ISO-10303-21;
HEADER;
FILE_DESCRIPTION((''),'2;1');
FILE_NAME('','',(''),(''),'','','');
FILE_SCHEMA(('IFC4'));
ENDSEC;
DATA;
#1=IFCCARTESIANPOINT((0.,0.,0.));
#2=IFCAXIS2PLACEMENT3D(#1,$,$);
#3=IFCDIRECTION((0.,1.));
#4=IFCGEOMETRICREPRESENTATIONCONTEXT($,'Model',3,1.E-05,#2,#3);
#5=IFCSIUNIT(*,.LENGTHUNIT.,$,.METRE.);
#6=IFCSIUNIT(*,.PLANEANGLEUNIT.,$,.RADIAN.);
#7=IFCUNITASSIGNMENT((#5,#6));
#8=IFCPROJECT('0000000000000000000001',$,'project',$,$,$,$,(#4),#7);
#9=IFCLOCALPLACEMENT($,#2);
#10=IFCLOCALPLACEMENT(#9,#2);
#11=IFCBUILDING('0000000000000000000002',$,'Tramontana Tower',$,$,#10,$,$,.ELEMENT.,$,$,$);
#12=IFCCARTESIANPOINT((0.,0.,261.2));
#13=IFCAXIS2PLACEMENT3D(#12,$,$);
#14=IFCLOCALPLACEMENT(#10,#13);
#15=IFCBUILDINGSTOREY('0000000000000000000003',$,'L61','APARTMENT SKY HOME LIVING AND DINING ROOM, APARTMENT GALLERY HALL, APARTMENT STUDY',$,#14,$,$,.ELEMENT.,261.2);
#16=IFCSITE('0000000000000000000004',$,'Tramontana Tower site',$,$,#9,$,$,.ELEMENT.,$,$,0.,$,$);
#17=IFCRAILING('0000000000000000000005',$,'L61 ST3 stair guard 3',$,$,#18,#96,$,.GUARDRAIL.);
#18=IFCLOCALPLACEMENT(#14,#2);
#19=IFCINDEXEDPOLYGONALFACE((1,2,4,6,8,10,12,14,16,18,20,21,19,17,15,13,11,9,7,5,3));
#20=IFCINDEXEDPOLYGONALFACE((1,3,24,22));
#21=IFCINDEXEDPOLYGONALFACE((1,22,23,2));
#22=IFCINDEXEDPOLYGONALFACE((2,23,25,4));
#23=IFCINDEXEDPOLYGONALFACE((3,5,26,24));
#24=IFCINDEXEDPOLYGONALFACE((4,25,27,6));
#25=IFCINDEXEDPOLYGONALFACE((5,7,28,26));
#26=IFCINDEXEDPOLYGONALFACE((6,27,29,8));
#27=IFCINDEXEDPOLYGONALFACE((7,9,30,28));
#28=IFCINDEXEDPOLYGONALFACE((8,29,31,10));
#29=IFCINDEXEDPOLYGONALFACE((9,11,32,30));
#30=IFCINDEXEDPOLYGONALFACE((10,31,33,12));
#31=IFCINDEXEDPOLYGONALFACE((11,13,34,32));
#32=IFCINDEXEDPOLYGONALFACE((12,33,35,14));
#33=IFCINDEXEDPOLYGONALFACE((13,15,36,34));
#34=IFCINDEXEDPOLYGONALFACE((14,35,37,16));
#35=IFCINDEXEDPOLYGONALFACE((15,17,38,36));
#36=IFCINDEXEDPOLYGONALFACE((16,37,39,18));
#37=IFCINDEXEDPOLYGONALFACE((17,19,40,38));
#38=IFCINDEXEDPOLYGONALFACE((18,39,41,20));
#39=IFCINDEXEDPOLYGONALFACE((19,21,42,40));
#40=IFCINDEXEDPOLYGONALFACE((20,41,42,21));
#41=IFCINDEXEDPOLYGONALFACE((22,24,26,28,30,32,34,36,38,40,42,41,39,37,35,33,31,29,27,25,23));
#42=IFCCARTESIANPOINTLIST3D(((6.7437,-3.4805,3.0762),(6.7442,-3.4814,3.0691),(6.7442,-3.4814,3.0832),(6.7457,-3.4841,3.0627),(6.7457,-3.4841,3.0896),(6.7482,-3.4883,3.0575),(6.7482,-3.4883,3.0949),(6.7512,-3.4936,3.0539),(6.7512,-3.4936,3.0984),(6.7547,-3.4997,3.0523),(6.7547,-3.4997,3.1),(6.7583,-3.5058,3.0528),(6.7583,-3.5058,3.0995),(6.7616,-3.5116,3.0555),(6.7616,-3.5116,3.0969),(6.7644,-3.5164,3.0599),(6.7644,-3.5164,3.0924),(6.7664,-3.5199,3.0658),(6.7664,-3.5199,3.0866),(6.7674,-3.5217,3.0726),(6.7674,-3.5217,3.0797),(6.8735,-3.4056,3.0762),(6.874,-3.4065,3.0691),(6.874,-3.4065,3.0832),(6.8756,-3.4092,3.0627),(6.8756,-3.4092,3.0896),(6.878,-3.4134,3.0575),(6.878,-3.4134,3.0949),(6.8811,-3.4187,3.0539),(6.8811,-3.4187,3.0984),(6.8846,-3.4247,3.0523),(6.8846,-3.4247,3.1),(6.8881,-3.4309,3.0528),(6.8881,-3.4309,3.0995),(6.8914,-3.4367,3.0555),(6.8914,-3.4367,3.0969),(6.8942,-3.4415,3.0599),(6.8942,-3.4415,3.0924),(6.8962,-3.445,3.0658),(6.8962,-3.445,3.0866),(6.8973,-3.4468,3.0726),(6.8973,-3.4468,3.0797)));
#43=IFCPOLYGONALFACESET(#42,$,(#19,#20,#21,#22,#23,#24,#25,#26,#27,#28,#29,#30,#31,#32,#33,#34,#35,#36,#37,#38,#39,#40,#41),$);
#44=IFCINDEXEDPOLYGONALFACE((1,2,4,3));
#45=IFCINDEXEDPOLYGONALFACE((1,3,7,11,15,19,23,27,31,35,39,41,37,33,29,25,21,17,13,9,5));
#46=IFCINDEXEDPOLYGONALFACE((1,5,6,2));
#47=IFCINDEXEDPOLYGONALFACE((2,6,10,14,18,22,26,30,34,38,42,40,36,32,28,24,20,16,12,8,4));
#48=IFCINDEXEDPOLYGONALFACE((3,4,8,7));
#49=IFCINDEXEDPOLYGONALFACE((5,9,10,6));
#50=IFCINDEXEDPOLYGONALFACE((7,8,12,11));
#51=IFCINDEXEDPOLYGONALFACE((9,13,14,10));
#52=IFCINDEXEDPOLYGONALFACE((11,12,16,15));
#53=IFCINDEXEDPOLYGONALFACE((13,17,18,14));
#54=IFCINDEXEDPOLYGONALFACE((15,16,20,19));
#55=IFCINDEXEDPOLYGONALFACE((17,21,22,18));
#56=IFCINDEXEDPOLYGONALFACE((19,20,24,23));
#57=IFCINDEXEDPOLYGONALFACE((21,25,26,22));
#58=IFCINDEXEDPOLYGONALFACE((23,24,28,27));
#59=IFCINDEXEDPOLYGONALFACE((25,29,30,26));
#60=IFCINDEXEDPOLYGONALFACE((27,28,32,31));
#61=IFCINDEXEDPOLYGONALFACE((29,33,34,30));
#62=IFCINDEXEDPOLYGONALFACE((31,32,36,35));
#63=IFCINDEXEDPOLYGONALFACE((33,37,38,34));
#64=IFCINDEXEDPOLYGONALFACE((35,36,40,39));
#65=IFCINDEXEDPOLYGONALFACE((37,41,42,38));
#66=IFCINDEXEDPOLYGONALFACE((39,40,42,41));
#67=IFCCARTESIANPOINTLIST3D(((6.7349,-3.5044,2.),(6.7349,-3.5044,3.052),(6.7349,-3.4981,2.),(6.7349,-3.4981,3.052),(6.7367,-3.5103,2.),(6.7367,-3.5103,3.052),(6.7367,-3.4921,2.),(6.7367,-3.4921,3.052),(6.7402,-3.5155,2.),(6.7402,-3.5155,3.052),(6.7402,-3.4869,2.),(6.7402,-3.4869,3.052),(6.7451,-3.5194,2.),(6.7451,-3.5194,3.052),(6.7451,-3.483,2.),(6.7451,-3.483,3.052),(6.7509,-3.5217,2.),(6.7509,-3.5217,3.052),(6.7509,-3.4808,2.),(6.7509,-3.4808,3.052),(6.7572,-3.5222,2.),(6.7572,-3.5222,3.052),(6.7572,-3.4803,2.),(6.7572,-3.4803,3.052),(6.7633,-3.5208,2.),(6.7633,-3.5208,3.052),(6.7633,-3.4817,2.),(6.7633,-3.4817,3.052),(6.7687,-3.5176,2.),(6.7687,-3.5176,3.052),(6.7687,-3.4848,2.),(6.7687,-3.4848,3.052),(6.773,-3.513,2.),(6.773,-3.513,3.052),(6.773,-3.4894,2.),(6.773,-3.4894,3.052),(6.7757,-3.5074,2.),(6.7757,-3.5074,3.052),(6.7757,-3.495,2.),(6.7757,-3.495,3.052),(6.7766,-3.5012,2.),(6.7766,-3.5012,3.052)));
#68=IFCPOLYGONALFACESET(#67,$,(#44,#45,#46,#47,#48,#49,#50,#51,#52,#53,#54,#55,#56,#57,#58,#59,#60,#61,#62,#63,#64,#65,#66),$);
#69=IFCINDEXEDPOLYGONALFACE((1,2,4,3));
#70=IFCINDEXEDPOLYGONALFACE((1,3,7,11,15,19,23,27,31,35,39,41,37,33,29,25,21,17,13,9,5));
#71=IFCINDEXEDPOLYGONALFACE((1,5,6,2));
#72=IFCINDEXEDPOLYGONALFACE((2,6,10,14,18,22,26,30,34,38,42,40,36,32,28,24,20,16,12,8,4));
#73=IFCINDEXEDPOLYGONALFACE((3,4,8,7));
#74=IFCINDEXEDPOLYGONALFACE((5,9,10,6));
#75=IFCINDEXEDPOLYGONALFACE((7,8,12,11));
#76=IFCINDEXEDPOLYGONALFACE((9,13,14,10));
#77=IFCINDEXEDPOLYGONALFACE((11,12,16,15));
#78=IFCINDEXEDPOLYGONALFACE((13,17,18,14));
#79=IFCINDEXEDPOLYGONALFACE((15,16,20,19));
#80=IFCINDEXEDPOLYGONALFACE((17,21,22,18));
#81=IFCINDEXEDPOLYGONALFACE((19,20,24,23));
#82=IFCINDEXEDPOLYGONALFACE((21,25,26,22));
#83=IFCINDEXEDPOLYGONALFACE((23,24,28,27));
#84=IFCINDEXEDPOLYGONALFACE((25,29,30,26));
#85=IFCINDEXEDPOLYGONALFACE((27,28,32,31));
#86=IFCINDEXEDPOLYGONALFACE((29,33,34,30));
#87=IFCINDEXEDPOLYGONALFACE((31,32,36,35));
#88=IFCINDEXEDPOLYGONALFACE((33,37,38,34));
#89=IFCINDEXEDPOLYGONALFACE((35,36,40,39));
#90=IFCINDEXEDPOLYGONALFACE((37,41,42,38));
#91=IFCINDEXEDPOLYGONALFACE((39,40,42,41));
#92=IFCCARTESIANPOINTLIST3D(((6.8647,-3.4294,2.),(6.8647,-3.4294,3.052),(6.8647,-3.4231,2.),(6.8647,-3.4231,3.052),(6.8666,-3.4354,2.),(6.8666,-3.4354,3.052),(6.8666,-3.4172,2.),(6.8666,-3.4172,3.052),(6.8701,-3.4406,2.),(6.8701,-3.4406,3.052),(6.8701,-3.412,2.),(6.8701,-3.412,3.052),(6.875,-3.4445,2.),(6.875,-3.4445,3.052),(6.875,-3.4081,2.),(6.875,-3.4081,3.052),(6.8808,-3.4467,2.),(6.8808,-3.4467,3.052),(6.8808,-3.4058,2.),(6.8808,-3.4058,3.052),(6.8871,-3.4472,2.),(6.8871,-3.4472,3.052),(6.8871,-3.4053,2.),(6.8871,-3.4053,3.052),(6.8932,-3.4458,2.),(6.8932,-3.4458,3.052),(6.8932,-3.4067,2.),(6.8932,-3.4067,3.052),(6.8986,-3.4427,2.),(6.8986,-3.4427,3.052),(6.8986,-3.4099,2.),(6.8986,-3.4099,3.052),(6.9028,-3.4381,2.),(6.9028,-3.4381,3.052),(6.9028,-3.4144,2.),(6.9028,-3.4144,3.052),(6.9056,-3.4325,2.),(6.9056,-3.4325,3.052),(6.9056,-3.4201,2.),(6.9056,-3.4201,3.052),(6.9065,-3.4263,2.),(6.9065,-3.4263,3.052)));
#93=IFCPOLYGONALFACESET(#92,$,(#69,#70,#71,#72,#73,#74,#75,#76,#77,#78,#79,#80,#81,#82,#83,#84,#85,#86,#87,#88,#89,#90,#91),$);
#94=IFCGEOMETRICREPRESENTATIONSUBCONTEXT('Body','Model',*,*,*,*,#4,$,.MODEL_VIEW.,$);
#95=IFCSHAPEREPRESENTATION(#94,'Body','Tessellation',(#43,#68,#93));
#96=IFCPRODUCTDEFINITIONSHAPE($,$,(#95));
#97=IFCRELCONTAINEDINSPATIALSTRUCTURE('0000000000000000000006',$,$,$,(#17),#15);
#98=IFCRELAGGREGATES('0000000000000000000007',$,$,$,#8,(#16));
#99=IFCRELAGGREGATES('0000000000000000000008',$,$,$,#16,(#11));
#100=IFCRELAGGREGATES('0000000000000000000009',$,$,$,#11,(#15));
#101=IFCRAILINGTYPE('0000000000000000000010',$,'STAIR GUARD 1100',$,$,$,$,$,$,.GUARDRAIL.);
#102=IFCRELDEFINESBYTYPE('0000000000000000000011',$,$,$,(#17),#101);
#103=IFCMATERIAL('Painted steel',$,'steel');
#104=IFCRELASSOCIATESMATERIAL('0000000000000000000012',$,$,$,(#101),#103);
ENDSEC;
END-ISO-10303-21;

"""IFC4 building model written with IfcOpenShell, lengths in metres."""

from ifc_helpers import new_model, si_unit, direction, frame, origin, origin_2d, place, context, subcontext, project, spatial, circle, extrude, material, type_object, element, save


model = new_model("IFC4")

# Units and contexts
model_context = context("Model", 3, precision=1e-05, world=origin(), true_north=direction((0.0, 1.0)))
body_context = subcontext(model_context, "Body", "Model", "MODEL_VIEW")
ifc_project = project(units=[si_unit("LENGTHUNIT", "METRE"), si_unit("PLANEANGLEUNIT", "RADIAN")], contexts=[model_context])

# Site, building, storey
site_placement = place(None, origin())
site = spatial("IfcSite", under=ifc_project, at=site_placement, Name="Tramontana Tower site", CompositionType="ELEMENT", RefElevation=0.0)
building_placement = place(site_placement, origin())
building = spatial("IfcBuilding", under=site, at=building_placement, Name="Tramontana Tower", CompositionType="ELEMENT")
storey_placement = place(building_placement, frame((0.0, 0.0, 261.2)))
storey = spatial("IfcBuildingStorey", under=building, at=storey_placement, Name="L61", Description="APARTMENT SKY HOME LIVING AND DINING ROOM, APARTMENT GALLERY HALL, APARTMENT STUDY", CompositionType="ELEMENT", Elevation=261.2)

# Railing
ifc_material_1 = material(Name="Painted steel", Category="steel")
railing_type_1 = type_object("IfcRailingType", Name="STAIR GUARD 1100", PredefinedType="GUARDRAIL", material=ifc_material_1)
railing_1_placement = place(storey_placement, frame((6.7556, -3.5012, 2.0)))
element("IfcRailing", 1, at=railing_1_placement, inside=storey, type_object=railing_type_1, Name="L61 ST3 stair guard 3", PredefinedType="GUARDRAIL", context=body_context, shape_type="SweptSolid", body=[
    extrude(circle(Radius=0.0239, at=origin_2d()), frame((0.0, 0.0, 1.0762), z_axis=(0.866131, 0.499816, 0.0), x_axis=(-0.499816, 0.866131, 0.0)), (0.0, 0.0, 1.0), 0.1499),
    extrude(circle(Radius=0.021, at=origin_2d()), origin(), (0.0, 0.0, 1.0), 1.052),
    extrude(circle(Radius=0.021, at=origin_2d()), frame((0.1299, 0.075, 0.0)), (0.0, 0.0, 1.0), 1.052),
])

save(model, "model.ifc")
